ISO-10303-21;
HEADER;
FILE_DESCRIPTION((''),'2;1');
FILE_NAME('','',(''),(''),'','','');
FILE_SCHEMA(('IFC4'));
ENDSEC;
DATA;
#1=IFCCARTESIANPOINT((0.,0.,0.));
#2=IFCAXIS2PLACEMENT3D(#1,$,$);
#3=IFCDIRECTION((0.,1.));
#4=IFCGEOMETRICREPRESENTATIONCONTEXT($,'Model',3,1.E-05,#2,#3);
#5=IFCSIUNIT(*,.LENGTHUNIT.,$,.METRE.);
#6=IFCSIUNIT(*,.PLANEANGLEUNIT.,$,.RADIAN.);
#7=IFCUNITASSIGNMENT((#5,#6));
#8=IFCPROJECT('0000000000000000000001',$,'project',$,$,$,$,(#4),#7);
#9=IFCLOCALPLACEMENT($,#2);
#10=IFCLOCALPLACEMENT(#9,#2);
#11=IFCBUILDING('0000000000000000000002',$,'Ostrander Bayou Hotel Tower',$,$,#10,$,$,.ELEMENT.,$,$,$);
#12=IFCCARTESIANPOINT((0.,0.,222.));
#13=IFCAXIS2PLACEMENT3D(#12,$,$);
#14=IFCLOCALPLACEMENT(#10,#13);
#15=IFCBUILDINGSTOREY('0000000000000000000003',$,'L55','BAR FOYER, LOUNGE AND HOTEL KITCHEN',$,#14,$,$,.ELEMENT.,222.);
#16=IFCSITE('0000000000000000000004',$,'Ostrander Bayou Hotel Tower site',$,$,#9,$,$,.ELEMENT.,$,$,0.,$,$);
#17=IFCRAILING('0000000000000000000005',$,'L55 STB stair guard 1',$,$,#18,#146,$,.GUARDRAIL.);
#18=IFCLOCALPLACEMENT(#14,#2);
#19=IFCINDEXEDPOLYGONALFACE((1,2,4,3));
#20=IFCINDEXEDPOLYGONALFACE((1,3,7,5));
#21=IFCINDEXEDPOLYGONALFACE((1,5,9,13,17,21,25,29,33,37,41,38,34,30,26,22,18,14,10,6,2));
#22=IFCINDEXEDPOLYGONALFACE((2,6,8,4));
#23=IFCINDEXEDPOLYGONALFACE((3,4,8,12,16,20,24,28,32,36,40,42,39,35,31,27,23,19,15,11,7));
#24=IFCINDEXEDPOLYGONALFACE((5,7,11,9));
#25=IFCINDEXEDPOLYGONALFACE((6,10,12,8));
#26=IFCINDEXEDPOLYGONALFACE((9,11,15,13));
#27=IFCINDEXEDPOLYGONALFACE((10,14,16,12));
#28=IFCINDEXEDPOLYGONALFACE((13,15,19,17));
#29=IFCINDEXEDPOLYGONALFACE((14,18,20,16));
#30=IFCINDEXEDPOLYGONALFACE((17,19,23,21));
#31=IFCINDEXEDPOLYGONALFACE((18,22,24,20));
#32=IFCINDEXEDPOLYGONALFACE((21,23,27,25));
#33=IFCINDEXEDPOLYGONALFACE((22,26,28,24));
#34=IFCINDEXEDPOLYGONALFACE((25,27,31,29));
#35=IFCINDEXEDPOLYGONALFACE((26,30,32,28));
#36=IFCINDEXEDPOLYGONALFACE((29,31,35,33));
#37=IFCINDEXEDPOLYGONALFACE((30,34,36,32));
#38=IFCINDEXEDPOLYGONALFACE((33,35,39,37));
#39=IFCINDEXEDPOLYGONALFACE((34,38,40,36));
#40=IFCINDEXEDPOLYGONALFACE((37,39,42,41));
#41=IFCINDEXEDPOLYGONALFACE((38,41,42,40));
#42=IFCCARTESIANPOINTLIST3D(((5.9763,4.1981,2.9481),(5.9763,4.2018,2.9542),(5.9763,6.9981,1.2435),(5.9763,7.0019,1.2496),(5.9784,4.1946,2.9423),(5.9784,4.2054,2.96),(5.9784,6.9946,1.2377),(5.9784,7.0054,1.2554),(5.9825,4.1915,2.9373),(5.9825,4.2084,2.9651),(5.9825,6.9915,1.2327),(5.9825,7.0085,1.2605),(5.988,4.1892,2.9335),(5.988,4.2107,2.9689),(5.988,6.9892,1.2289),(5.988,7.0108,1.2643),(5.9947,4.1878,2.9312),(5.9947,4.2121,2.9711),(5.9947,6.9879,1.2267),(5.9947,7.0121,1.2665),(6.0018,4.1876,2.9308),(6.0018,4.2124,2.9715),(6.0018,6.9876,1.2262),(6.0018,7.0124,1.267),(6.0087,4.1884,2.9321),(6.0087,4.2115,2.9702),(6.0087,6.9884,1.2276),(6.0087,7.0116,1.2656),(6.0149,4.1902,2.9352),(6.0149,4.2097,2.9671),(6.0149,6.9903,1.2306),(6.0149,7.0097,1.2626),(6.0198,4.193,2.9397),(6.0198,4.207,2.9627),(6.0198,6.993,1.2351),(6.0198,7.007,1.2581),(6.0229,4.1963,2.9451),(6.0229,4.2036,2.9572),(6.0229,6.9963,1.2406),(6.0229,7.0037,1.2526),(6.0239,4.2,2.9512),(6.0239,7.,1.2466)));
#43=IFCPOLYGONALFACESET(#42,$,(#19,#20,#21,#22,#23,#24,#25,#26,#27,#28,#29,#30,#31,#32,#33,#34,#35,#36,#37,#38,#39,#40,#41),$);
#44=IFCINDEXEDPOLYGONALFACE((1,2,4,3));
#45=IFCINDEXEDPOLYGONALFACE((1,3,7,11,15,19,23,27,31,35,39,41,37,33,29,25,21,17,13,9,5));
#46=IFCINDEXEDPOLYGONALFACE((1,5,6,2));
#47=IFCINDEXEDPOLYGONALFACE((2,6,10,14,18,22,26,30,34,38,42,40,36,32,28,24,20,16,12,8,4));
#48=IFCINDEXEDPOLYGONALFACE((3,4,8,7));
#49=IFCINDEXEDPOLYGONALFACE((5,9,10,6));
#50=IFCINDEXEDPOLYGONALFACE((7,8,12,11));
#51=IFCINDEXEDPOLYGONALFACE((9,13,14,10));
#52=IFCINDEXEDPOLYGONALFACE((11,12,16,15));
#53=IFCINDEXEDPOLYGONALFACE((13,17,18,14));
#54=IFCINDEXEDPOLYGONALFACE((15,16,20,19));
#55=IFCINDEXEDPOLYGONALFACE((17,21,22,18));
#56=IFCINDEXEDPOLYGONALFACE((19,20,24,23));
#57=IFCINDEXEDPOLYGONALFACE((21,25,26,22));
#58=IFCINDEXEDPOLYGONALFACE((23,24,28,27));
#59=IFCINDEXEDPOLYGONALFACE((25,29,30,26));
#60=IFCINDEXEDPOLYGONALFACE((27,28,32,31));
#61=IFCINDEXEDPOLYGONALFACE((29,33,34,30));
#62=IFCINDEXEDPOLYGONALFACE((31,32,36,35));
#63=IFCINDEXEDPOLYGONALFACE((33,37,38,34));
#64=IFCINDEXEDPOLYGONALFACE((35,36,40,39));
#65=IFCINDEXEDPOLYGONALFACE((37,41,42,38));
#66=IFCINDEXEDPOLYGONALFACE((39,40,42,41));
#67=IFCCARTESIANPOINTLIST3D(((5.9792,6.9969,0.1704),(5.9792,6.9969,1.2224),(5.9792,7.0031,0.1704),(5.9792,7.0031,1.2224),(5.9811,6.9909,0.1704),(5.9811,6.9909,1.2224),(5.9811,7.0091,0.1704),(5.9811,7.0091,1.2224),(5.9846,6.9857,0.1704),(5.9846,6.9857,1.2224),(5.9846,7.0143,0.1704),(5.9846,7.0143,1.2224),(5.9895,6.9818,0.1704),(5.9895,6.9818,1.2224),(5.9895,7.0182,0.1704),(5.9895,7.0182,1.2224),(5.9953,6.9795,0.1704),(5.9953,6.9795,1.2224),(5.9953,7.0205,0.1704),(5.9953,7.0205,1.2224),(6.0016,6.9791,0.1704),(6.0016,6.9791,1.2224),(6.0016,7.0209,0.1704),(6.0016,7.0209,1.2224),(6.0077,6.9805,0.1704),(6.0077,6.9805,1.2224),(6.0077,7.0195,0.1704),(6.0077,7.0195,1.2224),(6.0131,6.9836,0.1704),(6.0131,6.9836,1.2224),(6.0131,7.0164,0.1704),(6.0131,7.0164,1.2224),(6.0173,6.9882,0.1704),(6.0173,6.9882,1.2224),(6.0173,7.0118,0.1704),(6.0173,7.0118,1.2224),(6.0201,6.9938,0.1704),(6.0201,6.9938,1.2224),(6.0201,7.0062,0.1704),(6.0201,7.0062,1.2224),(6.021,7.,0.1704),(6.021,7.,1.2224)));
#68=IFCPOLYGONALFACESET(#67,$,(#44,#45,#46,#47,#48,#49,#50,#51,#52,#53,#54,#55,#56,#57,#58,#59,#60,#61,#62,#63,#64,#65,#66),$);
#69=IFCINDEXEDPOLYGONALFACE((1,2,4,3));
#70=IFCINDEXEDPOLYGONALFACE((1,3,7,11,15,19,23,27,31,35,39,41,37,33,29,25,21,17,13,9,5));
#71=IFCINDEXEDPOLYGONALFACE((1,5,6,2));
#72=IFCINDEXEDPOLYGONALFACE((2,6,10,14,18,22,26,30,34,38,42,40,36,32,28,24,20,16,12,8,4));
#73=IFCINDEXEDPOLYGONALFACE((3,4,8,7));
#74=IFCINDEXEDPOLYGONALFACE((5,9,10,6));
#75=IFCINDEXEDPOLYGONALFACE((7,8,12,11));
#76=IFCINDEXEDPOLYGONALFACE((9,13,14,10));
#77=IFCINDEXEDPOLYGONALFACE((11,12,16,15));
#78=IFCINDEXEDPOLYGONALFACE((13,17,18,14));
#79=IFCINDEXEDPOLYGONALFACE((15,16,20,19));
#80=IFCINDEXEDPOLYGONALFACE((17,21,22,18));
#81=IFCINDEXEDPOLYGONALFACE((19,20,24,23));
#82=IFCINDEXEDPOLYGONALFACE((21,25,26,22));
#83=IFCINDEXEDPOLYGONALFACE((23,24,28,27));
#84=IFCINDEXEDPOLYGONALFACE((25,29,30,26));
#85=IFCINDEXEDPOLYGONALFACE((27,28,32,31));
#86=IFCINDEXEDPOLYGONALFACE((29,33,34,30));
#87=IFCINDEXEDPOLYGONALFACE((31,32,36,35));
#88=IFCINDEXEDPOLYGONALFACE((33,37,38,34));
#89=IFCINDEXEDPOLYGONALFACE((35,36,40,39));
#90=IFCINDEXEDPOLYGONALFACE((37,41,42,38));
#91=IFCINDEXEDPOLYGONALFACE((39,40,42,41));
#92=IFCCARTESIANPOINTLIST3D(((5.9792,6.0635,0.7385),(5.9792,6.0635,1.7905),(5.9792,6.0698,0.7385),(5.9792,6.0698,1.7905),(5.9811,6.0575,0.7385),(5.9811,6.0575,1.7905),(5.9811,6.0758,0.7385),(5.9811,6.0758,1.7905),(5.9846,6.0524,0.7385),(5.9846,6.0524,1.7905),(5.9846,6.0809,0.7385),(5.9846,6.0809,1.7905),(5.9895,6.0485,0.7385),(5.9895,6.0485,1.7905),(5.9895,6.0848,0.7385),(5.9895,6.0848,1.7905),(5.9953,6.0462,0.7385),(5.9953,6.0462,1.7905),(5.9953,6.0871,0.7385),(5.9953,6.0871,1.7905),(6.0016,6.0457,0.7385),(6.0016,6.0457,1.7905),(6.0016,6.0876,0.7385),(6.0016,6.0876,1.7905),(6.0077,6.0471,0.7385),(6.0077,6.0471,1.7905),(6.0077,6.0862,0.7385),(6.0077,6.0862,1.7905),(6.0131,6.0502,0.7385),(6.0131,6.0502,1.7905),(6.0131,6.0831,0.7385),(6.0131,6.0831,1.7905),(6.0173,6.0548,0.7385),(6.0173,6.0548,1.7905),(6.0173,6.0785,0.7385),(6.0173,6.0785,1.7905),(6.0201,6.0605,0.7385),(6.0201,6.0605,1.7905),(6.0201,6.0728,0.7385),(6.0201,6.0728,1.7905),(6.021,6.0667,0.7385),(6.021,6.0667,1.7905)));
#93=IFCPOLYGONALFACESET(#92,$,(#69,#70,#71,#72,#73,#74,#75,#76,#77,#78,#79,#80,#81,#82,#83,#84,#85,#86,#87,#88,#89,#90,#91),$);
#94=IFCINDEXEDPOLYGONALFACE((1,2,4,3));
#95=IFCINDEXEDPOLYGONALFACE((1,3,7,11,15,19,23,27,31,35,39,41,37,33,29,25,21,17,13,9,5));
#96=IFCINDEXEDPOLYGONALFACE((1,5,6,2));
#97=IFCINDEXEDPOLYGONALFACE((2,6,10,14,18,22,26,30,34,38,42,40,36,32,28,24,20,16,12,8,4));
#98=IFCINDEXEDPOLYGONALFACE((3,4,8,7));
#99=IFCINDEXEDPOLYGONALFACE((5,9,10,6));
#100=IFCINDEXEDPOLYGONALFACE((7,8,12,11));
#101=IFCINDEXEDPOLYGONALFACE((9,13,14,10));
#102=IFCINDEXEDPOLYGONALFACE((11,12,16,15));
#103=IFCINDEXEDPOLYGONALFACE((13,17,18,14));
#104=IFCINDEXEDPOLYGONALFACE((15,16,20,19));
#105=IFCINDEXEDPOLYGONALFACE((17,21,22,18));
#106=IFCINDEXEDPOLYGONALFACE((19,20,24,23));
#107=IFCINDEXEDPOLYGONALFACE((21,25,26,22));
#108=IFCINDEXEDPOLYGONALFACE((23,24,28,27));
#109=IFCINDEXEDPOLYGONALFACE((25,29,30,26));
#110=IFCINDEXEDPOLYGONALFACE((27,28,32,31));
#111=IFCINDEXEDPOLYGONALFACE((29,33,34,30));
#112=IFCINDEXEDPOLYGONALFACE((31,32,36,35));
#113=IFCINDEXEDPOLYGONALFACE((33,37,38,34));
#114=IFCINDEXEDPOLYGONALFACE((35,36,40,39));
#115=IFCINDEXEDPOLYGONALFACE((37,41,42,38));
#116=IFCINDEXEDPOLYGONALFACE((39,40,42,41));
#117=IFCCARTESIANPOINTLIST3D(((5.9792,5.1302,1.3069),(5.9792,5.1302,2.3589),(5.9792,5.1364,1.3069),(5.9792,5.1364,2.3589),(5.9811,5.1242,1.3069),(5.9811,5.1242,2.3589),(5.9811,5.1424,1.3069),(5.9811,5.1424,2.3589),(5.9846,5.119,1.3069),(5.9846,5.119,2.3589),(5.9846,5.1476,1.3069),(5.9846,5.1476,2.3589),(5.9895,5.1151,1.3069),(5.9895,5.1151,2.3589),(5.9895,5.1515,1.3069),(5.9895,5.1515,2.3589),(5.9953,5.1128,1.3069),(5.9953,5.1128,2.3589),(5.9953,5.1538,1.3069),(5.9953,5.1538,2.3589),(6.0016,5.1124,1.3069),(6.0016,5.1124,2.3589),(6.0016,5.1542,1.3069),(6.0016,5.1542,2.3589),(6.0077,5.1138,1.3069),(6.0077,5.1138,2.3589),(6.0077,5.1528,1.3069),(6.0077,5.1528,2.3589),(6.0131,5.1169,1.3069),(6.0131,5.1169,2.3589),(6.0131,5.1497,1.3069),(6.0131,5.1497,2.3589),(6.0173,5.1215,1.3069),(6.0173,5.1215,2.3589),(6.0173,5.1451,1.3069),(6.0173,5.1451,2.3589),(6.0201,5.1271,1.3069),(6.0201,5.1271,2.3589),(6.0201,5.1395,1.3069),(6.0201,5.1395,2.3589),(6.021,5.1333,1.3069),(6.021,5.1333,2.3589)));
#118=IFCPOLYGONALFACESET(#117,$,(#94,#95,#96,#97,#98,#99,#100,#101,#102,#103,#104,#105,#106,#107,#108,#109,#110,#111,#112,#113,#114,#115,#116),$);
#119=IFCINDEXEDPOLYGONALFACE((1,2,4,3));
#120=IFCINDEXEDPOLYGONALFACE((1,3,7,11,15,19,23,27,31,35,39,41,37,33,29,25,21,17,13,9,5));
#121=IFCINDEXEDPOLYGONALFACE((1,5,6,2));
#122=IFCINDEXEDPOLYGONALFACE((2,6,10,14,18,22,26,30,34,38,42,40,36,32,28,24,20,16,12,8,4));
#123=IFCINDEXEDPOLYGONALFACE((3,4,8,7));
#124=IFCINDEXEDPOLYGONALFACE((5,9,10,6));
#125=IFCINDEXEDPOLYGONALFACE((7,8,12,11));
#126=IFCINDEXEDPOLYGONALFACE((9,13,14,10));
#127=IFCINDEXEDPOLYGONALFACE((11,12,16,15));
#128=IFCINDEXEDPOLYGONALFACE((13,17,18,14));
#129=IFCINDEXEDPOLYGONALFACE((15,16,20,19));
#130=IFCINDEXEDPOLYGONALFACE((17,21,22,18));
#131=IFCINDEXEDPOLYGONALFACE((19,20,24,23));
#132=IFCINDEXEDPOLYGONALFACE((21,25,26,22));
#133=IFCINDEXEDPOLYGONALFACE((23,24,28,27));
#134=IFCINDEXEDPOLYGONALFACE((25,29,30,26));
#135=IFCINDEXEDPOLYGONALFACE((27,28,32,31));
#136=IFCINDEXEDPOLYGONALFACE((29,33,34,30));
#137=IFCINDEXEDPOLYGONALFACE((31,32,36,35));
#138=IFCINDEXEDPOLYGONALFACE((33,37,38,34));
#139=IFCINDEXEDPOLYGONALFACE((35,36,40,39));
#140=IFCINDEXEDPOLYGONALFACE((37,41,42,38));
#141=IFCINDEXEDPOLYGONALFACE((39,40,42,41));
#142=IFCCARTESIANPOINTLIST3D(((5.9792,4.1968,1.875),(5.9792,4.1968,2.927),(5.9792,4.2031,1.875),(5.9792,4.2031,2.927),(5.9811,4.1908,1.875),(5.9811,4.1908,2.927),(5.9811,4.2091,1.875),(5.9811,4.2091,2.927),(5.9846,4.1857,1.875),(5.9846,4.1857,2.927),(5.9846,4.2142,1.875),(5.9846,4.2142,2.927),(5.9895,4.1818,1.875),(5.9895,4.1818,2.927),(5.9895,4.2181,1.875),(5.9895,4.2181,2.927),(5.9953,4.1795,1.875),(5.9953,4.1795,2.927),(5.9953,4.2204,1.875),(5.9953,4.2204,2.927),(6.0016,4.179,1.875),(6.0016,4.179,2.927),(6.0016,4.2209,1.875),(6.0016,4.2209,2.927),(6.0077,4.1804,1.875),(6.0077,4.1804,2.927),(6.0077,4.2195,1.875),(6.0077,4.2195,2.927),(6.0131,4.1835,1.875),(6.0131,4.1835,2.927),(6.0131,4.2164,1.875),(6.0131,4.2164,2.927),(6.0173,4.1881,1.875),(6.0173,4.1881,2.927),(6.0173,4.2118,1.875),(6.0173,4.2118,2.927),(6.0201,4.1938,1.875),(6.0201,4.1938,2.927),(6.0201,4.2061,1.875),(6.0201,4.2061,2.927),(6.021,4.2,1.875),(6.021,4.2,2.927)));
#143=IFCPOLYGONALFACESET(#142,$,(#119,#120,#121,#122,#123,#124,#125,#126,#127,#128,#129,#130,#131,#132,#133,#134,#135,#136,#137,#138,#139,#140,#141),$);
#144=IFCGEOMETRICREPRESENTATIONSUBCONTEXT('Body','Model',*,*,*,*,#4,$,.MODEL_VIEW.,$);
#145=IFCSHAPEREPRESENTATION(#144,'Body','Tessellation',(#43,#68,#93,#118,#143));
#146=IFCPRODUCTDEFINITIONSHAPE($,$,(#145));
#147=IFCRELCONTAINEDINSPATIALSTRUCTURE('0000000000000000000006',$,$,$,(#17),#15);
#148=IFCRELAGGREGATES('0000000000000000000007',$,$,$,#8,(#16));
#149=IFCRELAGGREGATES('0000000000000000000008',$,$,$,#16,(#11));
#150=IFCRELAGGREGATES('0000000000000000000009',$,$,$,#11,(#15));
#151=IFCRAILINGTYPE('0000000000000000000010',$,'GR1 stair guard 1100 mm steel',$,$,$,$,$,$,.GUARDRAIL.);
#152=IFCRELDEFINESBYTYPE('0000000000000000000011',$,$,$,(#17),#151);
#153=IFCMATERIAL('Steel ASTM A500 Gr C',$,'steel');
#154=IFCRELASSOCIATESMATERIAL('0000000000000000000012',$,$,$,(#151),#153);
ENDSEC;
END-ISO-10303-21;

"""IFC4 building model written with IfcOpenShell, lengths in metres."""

from ifc_helpers import new_model, si_unit, direction, frame, origin, origin_2d, place, context, subcontext, project, spatial, circle, extrude, material, type_object, element, save


model = new_model("IFC4")

# Units and contexts
model_context = context("Model", 3, precision=1e-05, world=origin(), true_north=direction((0.0, 1.0)))
body_context = subcontext(model_context, "Body", "Model", "MODEL_VIEW")
ifc_project = project(units=[si_unit("LENGTHUNIT", "METRE"), si_unit("PLANEANGLEUNIT", "RADIAN")], contexts=[model_context])

# Site, building, storey
site_placement = place(None, origin())
site = spatial("IfcSite", under=ifc_project, at=site_placement, Name="Ostrander Bayou Hotel Tower site", CompositionType="ELEMENT", RefElevation=0.0)
building_placement = place(site_placement, origin())
building = spatial("IfcBuilding", under=site, at=building_placement, Name="Ostrander Bayou Hotel Tower", CompositionType="ELEMENT")
storey_placement = place(building_placement, frame((0.0, 0.0, 222.0)))
storey = spatial("IfcBuildingStorey", under=building, at=storey_placement, Name="L55", Description="BAR FOYER, LOUNGE AND HOTEL KITCHEN", CompositionType="ELEMENT", Elevation=222.0)

# Railing
ifc_material_1 = material(Name="Steel ASTM A500 Gr C", Category="steel")
railing_type_1 = type_object("IfcRailingType", Name="GR1 stair guard 1100 mm steel", PredefinedType="GUARDRAIL", material=ifc_material_1)
railing_1_placement = place(storey_placement, frame((6.0, 7.0, 0.1704)))
element("IfcRailing", 1, at=railing_1_placement, inside=storey, type_object=railing_type_1, Name="L55 STB stair guard 1", PredefinedType="GUARDRAIL", context=body_context, shape_type="SweptSolid", body=[
    extrude(circle(Radius=0.0239, at=origin_2d()), frame((0.0, 0.0, 1.0762), z_axis=(0.0, -0.85417, 0.519994), x_axis=(1.0, 0.0, 0.0)), (0.0, 0.0, 1.0), 3.2781),
    extrude(circle(Radius=0.021, at=origin_2d()), origin(), (0.0, 0.0, 1.0), 1.052),
    extrude(circle(Radius=0.021, at=origin_2d()), frame((0.0, -0.9333, 0.5681)), (0.0, 0.0, 1.0), 1.052),
    extrude(circle(Radius=0.021, at=origin_2d()), frame((0.0, -1.8667, 1.1365)), (0.0, 0.0, 1.0), 1.052),
    extrude(circle(Radius=0.021, at=origin_2d()), frame((0.0, -2.8, 1.7046)), (0.0, 0.0, 1.0), 1.052),
])

save(model, "model.ifc")
